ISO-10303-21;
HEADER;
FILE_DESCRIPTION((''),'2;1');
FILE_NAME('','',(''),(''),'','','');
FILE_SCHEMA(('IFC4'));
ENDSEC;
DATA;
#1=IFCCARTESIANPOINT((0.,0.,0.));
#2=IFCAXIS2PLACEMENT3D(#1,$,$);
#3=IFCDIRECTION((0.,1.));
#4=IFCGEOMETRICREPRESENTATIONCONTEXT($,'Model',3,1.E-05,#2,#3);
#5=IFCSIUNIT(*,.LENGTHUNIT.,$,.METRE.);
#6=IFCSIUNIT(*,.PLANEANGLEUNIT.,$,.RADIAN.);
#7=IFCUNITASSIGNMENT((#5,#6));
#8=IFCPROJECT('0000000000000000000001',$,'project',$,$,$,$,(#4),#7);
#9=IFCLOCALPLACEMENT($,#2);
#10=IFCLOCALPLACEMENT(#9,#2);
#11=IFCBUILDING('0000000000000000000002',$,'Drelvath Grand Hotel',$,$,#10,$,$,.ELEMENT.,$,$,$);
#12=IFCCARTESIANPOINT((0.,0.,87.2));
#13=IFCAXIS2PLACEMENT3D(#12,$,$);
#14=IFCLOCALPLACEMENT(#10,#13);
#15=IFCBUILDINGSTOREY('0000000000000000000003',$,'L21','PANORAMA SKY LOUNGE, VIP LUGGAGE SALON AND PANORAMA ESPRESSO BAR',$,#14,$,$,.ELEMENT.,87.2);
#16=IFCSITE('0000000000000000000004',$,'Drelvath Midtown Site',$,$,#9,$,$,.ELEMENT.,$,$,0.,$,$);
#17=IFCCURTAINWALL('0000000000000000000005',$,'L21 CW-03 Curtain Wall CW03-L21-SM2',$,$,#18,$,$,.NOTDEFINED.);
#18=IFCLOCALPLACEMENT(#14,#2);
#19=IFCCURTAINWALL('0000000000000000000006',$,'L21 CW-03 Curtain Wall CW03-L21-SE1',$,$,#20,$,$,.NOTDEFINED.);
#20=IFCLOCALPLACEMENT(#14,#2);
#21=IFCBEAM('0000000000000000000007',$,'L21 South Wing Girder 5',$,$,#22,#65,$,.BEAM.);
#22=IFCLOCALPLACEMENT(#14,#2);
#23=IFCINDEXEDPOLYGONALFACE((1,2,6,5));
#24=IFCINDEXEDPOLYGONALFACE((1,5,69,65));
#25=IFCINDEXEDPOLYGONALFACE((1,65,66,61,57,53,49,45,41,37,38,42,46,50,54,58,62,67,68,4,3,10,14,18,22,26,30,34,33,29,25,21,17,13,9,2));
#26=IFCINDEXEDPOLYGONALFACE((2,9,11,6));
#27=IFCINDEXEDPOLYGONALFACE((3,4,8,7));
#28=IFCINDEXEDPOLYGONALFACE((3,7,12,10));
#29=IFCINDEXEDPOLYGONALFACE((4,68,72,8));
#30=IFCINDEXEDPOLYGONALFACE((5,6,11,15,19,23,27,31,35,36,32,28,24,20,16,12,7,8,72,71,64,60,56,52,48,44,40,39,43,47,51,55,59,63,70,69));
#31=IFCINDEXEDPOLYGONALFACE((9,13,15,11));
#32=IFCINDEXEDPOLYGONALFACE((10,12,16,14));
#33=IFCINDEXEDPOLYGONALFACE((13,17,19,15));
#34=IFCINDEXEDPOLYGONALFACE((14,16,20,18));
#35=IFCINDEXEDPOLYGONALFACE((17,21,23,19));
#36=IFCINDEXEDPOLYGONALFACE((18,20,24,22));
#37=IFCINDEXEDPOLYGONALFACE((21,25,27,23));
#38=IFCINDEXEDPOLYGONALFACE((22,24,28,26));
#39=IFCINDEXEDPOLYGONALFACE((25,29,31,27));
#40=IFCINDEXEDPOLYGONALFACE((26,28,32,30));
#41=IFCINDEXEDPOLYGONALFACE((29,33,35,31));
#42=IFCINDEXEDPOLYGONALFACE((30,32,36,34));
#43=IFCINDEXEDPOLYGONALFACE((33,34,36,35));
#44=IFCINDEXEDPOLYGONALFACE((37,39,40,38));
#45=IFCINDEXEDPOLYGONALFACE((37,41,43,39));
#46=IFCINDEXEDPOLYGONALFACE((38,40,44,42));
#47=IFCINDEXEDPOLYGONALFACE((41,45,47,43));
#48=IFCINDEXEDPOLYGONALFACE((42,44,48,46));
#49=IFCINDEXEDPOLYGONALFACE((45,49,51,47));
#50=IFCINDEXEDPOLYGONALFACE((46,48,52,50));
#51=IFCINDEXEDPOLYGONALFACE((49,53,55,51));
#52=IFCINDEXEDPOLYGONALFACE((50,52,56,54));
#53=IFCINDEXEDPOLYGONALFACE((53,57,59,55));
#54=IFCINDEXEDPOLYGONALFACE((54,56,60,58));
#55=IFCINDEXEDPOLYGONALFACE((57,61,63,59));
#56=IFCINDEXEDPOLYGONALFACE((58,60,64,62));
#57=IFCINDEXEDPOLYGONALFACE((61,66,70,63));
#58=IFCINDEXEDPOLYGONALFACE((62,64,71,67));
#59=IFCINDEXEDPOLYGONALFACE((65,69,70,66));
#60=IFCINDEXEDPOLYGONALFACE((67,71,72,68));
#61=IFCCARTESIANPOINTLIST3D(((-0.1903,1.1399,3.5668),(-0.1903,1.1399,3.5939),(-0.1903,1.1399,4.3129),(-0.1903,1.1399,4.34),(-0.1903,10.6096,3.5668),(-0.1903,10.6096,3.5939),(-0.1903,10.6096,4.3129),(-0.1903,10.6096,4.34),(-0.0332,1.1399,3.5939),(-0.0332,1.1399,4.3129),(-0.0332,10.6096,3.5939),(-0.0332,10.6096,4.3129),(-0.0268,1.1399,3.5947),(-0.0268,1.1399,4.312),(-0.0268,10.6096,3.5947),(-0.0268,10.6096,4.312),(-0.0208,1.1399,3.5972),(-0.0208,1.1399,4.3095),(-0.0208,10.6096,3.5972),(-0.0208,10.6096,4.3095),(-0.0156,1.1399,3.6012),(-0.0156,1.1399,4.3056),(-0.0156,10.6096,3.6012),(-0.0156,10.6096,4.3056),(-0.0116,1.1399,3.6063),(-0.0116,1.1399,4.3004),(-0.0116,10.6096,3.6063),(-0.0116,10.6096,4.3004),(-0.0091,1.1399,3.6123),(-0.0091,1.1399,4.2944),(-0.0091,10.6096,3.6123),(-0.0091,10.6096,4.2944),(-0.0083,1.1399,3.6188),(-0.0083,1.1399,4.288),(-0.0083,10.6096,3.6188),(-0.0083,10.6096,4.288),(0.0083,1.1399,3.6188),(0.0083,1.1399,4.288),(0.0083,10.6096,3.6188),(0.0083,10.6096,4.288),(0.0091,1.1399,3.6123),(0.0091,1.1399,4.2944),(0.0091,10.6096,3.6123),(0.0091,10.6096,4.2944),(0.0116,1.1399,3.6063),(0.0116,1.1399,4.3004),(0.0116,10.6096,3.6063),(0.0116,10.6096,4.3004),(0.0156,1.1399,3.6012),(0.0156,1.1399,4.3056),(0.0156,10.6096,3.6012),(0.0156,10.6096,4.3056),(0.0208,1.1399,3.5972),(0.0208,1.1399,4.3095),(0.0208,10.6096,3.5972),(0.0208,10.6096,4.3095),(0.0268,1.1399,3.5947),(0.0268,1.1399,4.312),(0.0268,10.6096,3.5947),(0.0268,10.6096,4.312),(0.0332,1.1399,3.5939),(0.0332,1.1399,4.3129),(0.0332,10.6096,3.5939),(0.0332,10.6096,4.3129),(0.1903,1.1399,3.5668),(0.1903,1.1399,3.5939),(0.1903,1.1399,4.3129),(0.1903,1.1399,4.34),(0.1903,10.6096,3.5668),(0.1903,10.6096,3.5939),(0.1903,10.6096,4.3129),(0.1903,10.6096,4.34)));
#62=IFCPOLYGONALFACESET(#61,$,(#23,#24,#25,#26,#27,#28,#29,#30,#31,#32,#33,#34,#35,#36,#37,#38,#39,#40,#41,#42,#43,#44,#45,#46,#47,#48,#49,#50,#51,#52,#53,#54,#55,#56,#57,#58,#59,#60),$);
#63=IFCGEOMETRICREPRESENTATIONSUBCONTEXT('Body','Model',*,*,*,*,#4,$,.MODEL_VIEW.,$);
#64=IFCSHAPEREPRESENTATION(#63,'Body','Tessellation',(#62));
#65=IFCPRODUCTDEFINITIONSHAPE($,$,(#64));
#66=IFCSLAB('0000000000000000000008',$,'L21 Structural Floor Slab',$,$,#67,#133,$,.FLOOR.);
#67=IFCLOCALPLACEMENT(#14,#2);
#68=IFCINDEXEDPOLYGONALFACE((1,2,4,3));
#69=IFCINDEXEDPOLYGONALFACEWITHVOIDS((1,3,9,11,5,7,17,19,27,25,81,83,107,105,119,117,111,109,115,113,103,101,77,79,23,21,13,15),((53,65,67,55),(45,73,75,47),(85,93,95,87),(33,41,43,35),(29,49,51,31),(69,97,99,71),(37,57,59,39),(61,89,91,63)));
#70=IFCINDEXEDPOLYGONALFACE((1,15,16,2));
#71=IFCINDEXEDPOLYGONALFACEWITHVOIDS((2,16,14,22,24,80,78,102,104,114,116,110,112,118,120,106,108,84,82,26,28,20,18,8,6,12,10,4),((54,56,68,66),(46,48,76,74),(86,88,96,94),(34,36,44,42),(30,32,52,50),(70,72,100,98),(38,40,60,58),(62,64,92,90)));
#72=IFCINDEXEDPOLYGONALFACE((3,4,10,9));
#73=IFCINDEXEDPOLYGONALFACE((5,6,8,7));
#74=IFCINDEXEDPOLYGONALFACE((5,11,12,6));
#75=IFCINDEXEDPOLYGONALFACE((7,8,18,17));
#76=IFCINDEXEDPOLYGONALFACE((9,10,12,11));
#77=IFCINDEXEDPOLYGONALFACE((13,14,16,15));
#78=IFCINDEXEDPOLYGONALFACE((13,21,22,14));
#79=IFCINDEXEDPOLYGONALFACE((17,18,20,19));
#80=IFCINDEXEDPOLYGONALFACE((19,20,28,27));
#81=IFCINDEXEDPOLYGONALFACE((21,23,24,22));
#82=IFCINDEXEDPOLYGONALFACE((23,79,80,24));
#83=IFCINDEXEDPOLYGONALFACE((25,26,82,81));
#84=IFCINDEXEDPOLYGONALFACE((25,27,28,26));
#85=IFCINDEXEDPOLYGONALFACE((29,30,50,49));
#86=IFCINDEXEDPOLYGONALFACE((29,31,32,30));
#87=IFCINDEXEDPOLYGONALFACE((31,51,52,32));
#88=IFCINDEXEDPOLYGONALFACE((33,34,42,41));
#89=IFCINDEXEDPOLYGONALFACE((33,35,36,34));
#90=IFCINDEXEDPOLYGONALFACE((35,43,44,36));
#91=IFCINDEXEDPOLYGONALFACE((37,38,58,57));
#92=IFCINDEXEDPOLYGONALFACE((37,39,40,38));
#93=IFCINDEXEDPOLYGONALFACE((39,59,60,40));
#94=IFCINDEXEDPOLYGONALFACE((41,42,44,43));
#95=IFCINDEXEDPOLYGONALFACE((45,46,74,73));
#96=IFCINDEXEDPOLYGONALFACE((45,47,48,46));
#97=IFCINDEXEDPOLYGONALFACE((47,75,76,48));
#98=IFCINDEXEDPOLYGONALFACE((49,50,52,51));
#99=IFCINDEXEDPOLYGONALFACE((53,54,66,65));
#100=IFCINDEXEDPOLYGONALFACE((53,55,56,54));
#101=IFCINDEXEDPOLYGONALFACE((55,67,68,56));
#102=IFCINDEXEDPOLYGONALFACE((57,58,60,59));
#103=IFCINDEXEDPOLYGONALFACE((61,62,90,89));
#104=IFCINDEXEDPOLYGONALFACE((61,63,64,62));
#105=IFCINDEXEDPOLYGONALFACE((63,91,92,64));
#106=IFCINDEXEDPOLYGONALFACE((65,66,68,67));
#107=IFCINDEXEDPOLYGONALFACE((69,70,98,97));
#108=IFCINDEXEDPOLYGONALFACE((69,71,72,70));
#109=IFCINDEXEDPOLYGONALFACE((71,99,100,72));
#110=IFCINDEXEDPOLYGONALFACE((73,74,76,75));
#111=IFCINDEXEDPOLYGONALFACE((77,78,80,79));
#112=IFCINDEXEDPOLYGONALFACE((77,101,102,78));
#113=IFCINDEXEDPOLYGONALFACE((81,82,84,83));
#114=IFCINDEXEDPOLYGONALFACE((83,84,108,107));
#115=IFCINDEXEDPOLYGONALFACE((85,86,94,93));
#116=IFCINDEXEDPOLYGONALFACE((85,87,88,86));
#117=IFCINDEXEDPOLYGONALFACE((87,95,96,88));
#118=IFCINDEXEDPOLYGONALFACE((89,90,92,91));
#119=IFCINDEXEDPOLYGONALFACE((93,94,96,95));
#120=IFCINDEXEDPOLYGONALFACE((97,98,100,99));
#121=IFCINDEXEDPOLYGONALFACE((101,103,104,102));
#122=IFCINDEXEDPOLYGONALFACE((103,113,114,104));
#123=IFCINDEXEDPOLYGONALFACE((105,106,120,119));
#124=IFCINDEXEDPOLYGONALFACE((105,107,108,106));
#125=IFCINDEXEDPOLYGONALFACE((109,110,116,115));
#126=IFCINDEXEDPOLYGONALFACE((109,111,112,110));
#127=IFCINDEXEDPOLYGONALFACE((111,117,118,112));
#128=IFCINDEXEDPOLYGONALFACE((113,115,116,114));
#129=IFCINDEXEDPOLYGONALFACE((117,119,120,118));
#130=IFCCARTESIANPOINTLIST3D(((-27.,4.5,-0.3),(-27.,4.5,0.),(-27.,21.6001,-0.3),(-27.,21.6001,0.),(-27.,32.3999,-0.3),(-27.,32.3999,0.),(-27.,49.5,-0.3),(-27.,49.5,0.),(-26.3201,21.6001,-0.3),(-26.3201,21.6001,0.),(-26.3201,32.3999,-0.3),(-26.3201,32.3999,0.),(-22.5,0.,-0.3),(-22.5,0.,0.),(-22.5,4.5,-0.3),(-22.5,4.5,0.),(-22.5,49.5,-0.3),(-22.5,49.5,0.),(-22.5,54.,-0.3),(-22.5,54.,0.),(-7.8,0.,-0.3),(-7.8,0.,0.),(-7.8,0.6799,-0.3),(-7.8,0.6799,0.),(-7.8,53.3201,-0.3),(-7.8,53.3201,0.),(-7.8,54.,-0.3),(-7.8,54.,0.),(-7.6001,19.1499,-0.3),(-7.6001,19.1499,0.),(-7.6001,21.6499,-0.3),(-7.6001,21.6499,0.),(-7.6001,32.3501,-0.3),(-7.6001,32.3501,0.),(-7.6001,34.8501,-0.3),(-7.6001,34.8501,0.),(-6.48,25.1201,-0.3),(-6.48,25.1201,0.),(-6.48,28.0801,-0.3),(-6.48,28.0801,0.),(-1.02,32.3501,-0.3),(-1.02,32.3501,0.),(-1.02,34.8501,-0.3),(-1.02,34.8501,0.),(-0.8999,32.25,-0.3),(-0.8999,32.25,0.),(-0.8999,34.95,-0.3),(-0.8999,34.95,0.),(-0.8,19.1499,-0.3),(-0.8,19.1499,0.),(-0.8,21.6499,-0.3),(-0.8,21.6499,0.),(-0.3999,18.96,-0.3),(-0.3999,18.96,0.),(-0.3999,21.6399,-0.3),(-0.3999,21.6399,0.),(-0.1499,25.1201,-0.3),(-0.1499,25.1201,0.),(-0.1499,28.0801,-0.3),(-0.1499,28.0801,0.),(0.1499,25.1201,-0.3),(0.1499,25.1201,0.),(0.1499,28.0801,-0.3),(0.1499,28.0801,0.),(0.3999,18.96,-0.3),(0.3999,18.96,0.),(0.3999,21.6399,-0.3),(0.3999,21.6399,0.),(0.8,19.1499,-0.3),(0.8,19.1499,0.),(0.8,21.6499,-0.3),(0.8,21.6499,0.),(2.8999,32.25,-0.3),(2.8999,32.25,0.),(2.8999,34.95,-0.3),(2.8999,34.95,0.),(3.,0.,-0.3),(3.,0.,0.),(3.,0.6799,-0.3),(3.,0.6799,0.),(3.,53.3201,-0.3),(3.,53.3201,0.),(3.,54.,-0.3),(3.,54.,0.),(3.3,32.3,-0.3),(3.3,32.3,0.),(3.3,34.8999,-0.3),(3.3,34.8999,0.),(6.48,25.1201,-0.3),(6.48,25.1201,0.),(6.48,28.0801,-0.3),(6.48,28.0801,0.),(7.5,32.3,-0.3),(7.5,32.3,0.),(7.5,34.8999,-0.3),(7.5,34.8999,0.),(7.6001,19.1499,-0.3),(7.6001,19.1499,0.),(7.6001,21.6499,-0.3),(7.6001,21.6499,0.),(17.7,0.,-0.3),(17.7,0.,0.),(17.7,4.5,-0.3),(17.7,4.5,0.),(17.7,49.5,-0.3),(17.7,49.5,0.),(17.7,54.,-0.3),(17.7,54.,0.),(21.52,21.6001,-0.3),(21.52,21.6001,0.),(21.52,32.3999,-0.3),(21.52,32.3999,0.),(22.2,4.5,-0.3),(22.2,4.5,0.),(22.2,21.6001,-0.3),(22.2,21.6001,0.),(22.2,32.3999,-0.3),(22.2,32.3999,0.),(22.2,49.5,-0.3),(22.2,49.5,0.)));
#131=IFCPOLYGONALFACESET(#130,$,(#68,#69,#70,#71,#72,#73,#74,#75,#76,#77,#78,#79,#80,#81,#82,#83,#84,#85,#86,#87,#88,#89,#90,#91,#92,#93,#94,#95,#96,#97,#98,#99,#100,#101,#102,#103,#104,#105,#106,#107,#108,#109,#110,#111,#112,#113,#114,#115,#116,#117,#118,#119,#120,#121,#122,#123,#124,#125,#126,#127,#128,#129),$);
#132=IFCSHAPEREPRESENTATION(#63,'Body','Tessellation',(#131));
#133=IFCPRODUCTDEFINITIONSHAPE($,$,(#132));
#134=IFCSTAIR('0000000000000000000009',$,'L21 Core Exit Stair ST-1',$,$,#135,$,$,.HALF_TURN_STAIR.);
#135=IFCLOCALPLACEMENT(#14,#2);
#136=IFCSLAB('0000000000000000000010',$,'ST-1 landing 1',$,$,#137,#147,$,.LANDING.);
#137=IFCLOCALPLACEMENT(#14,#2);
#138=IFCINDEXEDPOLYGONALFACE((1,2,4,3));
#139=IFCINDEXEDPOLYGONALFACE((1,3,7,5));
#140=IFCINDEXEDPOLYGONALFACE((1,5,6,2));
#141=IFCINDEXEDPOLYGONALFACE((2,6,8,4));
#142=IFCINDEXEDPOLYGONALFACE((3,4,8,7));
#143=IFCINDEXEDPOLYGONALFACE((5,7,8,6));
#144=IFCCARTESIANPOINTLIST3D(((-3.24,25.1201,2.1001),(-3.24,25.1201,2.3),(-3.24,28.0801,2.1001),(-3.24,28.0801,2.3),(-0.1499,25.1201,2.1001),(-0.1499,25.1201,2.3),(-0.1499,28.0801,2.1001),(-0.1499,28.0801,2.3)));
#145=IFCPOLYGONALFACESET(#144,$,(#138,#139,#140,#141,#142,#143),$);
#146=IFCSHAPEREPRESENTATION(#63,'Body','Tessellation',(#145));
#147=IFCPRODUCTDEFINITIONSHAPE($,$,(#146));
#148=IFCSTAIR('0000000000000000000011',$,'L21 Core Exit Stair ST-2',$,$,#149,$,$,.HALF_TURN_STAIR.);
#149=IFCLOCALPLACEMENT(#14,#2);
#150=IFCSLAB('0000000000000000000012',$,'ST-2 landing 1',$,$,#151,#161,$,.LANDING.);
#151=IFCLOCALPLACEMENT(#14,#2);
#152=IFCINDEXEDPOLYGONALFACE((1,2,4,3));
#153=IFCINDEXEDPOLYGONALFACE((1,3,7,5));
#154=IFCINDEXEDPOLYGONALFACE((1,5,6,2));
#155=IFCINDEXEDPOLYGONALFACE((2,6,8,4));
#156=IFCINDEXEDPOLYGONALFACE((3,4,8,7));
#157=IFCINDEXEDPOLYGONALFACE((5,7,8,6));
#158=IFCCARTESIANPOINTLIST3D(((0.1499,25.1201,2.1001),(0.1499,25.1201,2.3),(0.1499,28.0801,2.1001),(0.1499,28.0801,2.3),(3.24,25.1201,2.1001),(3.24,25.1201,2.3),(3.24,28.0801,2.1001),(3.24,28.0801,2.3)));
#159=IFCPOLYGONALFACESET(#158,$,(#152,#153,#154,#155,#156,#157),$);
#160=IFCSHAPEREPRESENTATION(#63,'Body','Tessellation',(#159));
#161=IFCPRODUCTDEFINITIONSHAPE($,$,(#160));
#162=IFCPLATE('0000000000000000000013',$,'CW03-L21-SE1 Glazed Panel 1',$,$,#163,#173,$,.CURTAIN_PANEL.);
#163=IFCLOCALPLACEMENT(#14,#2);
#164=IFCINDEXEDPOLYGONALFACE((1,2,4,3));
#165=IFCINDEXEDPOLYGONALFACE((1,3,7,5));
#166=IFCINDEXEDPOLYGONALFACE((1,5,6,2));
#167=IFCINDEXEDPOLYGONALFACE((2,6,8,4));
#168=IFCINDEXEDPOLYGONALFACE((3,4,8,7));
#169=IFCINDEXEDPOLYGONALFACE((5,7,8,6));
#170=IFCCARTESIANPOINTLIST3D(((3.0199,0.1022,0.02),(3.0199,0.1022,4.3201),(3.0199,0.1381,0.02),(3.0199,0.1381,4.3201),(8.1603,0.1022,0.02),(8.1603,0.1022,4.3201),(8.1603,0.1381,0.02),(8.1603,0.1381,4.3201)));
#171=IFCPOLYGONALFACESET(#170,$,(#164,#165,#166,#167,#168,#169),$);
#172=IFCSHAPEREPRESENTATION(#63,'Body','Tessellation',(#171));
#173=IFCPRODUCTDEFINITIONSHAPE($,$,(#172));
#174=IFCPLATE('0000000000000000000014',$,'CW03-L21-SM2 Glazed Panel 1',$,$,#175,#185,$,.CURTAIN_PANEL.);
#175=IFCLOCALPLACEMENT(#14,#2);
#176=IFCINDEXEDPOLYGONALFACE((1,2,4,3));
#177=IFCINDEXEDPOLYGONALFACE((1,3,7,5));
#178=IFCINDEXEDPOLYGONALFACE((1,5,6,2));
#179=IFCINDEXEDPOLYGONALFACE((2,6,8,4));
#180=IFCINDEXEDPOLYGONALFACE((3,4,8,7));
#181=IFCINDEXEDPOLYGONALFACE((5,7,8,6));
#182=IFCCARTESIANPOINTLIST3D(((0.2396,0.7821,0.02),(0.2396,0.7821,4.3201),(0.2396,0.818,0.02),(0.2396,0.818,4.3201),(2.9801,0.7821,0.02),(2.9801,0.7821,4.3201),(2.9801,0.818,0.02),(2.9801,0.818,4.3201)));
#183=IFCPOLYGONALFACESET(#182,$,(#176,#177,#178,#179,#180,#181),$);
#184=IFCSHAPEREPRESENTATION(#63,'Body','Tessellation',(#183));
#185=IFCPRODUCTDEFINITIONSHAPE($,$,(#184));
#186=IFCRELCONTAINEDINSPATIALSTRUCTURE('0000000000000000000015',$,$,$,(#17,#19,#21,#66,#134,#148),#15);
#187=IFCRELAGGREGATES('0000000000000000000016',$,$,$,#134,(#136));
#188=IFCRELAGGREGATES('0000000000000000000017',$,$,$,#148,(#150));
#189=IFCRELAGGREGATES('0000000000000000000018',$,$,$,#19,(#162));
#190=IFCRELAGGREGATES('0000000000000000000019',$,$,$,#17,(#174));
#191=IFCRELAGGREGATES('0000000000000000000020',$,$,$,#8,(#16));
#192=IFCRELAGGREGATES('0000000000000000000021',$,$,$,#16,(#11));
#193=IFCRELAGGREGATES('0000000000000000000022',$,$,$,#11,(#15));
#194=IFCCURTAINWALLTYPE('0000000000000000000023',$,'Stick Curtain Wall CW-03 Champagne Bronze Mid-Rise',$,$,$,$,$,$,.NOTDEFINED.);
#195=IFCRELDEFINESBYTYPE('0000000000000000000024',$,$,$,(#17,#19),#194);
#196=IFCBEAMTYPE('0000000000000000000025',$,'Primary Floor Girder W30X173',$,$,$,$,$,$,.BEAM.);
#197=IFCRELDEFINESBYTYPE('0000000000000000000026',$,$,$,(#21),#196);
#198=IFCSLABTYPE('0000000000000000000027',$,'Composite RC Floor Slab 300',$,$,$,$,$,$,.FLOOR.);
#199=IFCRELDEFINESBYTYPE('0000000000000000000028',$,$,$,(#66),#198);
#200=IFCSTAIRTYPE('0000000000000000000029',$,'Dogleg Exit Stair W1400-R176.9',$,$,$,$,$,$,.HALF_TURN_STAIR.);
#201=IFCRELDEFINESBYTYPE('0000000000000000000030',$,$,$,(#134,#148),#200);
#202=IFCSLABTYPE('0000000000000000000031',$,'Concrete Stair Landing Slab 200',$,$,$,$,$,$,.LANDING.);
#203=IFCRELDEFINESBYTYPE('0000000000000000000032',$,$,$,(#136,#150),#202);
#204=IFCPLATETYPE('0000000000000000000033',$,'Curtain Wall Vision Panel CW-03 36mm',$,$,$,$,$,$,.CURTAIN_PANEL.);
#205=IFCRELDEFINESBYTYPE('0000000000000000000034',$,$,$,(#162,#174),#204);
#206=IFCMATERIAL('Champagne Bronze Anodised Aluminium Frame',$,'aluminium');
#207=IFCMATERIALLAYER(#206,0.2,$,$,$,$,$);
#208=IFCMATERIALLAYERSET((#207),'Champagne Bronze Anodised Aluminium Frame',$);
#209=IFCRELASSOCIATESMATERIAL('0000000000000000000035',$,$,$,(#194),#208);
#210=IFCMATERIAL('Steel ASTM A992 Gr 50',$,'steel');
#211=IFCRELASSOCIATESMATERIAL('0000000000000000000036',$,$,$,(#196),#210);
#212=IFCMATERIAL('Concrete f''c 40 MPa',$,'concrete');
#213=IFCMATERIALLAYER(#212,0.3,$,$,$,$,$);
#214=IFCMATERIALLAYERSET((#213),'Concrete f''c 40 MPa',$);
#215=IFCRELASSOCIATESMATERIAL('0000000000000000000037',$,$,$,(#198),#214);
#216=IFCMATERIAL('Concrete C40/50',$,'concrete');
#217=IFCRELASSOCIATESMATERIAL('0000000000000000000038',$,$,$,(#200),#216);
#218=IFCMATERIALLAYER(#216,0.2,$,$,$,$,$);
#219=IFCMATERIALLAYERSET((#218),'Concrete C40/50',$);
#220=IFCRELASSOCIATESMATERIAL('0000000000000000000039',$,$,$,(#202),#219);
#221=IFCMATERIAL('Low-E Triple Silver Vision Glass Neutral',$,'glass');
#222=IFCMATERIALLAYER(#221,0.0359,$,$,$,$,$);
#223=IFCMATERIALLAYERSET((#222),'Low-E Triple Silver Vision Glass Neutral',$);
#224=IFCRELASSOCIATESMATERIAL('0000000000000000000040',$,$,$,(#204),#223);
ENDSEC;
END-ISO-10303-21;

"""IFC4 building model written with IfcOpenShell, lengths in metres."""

from ifc_helpers import new_model, si_unit, direction, frame, origin, origin_2d, place, context, subcontext, project, spatial, polyline, rectangle, i_section, outline, extrude, material, layer, layer_set, material_profile, profile_set, type_object, element, aggregate, save


model = new_model("IFC4")

# Units and contexts
model_context = context("Model", 3, precision=1e-05, world=origin(), true_north=direction((0.0, 1.0)))
body_context = subcontext(model_context, "Body", "Model", "MODEL_VIEW")
ifc_project = project(units=[si_unit("LENGTHUNIT", "METRE"), si_unit("PLANEANGLEUNIT", "RADIAN")], contexts=[model_context])

# Site, building, storey
site_placement = place(None, origin())
site = spatial("IfcSite", under=ifc_project, at=site_placement, Name="Drelvath Midtown Site", CompositionType="ELEMENT", RefElevation=0.0)
building_placement = place(site_placement, origin())
building = spatial("IfcBuilding", under=site, at=building_placement, Name="Drelvath Grand Hotel", CompositionType="ELEMENT")
storey_placement = place(building_placement, frame((0.0, 0.0, 87.2)))
storey = spatial("IfcBuildingStorey", under=building, at=storey_placement, Name="L21", Description="PANORAMA SKY LOUNGE, VIP LUGGAGE SALON AND PANORAMA ESPRESSO BAR", CompositionType="ELEMENT", Elevation=87.2)

# Curtain walls
ifc_material_1 = material(Name="Champagne Bronze Anodised Aluminium Frame", Category="aluminium")
ifc_layer_1 = layer(ifc_material_1, 0.2)
ifc_layer_set_1 = layer_set([ifc_layer_1], Name="Champagne Bronze Anodised Aluminium Frame")
curtain_wall_type = type_object("IfcCurtainWallType", Name="Stick Curtain Wall CW-03 Champagne Bronze Mid-Rise", PredefinedType="NOTDEFINED", material=ifc_layer_set_1)
curtain_wall_1_placement = place(storey_placement, origin())
curtain_wall_1 = element("IfcCurtainWall", 1, at=curtain_wall_1_placement, inside=storey, type_object=curtain_wall_type, Name="L21 CW-03 Curtain Wall CW03-L21-SM2", PredefinedType="NOTDEFINED")
curtain_wall_2_placement = place(storey_placement, origin())
curtain_wall_2 = element("IfcCurtainWall", 2, at=curtain_wall_2_placement, inside=storey, type_object=curtain_wall_type, Name="L21 CW-03 Curtain Wall CW03-L21-SE1", PredefinedType="NOTDEFINED")

# Beam
ifc_material_2 = material(Name="Steel ASTM A992 Gr 50", Category="steel")
ifc_material_profile_1 = material_profile(ifc_material_2, i_section(OverallWidth=0.3806, OverallDepth=0.7732, WebThickness=0.0166, FlangeThickness=0.0271, FilletRadius=0.0249, at=origin_2d()), Name="W30X173")
ifc_profile_set_1 = profile_set([ifc_material_profile_1], Name="Steel ASTM A992 Gr 50")
beam_type_1 = type_object("IfcBeamType", Name="Primary Floor Girder W30X173", PredefinedType="BEAM", material=ifc_profile_set_1)
beam_1_placement = place(storey_placement, frame((0.0, 1.1399, 3.9534), z_axis=(0.0, 1.0, 0.0), x_axis=(-1.0, 0.0, 0.0)))
element("IfcBeam", 3, at=beam_1_placement, inside=storey, type_object=beam_type_1, Name="L21 South Wing Girder 5", PredefinedType="BEAM", context=body_context, shape_type="SweptSolid", body=[
    extrude(i_section(OverallWidth=0.3806, OverallDepth=0.7732, WebThickness=0.0166, FlangeThickness=0.0271, FilletRadius=0.0249, at=origin_2d()), origin(), (0.0, 0.0, 1.0), 9.4697),
])

# Slab
ifc_material_3 = material(Name="Concrete f'c 40 MPa", Category="concrete")
ifc_layer_2 = layer(ifc_material_3, 0.3)
ifc_layer_set_2 = layer_set([ifc_layer_2], Name="Concrete f'c 40 MPa")
slab_type_1 = type_object("IfcSlabType", Name="Composite RC Floor Slab 300", PredefinedType="FLOOR", material=ifc_layer_set_2)
slab_1_placement = place(storey_placement, frame((0.0, 0.0, -0.3)))
element("IfcSlab", 4, at=slab_1_placement, inside=storey, type_object=slab_type_1, Name="L21 Structural Floor Slab", PredefinedType="FLOOR", context=body_context, shape_type="SweptSolid", body=[
    extrude(outline(polyline([(-22.5, 0.0), (-7.8, 0.0), (-7.8, 0.6799), (3.0, 0.6799), (3.0, 0.0), (17.7, 0.0), (17.7, 4.5), (22.2, 4.5), (22.2, 21.6001), (21.52, 21.6001), (21.52, 32.3999), (22.2, 32.3999), (22.2, 49.5), (17.7, 49.5), (17.7, 54.0), (3.0, 54.0), (3.0, 53.3201), (-7.8, 53.3201), (-7.8, 54.0), (-22.5, 54.0), (-22.5, 49.5), (-27.0, 49.5), (-27.0, 32.3999), (-26.3201, 32.3999), (-26.3201, 21.6001), (-27.0, 21.6001), (-27.0, 4.5), (-22.5, 4.5), (-22.5, 0.0)]), holes=[polyline([(-6.48, 25.1201), (-6.48, 28.0801), (-0.1499, 28.0801), (-0.1499, 25.1201), (-6.48, 25.1201)]), polyline([(0.1499, 25.1201), (0.1499, 28.0801), (6.48, 28.0801), (6.48, 25.1201), (0.1499, 25.1201)]), polyline([(-7.6001, 19.1499), (-7.6001, 21.6499), (-0.8, 21.6499), (-0.8, 19.1499), (-7.6001, 19.1499)]), polyline([(-0.3999, 18.96), (-0.3999, 21.6399), (0.3999, 21.6399), (0.3999, 18.96), (-0.3999, 18.96)]), polyline([(0.8, 19.1499), (0.8, 21.6499), (7.6001, 21.6499), (7.6001, 19.1499), (0.8, 19.1499)]), polyline([(-7.6001, 32.3501), (-7.6001, 34.8501), (-1.02, 34.8501), (-1.02, 32.3501), (-7.6001, 32.3501)]), polyline([(-0.8999, 32.25), (-0.8999, 34.95), (2.8999, 34.95), (2.8999, 32.25), (-0.8999, 32.25)]), polyline([(3.3, 32.3), (3.3, 34.8999), (7.5, 34.8999), (7.5, 32.3), (3.3, 32.3)])]), origin(), (0.0, 0.0, 1.0), 0.3),
])

# Stairs, slabs
ifc_material_4 = material(Name="Concrete C40/50", Category="concrete")
stair_type = type_object("IfcStairType", Name="Dogleg Exit Stair W1400-R176.9", PredefinedType="HALF_TURN_STAIR", material=ifc_material_4)
stair_1_placement = place(storey_placement, origin())
stair_1 = element("IfcStair", 5, at=stair_1_placement, inside=storey, type_object=stair_type, Name="L21 Core Exit Stair ST-1", PredefinedType="HALF_TURN_STAIR")
ifc_layer_3 = layer(ifc_material_4, 0.2)
ifc_layer_set_3 = layer_set([ifc_layer_3], Name="Concrete C40/50")
slab_type_2 = type_object("IfcSlabType", Name="Concrete Stair Landing Slab 200", PredefinedType="LANDING", material=ifc_layer_set_3)
slab_2_placement = place(storey_placement, frame((0.0, 0.0, 2.1001)))
slab_2 = element("IfcSlab", 6, at=slab_2_placement, type_object=slab_type_2, Name="ST-1 landing 1", PredefinedType="LANDING", context=body_context, shape_type="SweptSolid", body=[
    extrude(outline(polyline([(-3.24, 25.1201), (-0.1499, 25.1201), (-0.1499, 28.0801), (-3.24, 28.0801), (-3.24, 25.1201)])), origin(), (0.0, 0.0, 1.0), 0.2),
])
aggregate(stair_1, [slab_2])
stair_2_placement = place(storey_placement, origin())
stair_2 = element("IfcStair", 7, at=stair_2_placement, inside=storey, type_object=stair_type, Name="L21 Core Exit Stair ST-2", PredefinedType="HALF_TURN_STAIR")
slab_3_placement = place(storey_placement, frame((0.0, 0.0, 2.1001)))
slab_3 = element("IfcSlab", 8, at=slab_3_placement, type_object=slab_type_2, Name="ST-2 landing 1", PredefinedType="LANDING", context=body_context, shape_type="SweptSolid", body=[
    extrude(outline(polyline([(3.24, 28.0801), (0.1499, 28.0801), (0.1499, 25.1201), (3.24, 25.1201), (3.24, 28.0801)])), origin(), (0.0, 0.0, 1.0), 0.2),
])
aggregate(stair_2, [slab_3])

# Plates
ifc_material_5 = material(Name="Low-E Triple Silver Vision Glass Neutral", Category="glass")
ifc_layer_4 = layer(ifc_material_5, 0.0359)
ifc_layer_set_4 = layer_set([ifc_layer_4], Name="Low-E Triple Silver Vision Glass Neutral")
plate_type = type_object("IfcPlateType", Name="Curtain Wall Vision Panel CW-03 36mm", PredefinedType="CURTAIN_PANEL", material=ifc_layer_set_4)
plate_1_placement = place(storey_placement, frame((5.5901, 0.1201, 0.02), z_axis=(0.0, 0.0, 1.0), x_axis=(-1.0, 0.0, 0.0)))
plate_1 = element("IfcPlate", 9, at=plate_1_placement, type_object=plate_type, Name="CW03-L21-SE1 Glazed Panel 1", PredefinedType="CURTAIN_PANEL", context=body_context, shape_type="SweptSolid", body=[
    extrude(rectangle(XDim=5.1404, YDim=0.0359, at=origin_2d()), origin(), (0.0, 0.0, 1.0), 4.3),
])
aggregate(curtain_wall_2, [plate_1])
plate_2_placement = place(storey_placement, frame((1.6099, 0.8, 0.02), z_axis=(0.0, 0.0, 1.0), x_axis=(-1.0, 0.0, 0.0)))
plate_2 = element("IfcPlate", 10, at=plate_2_placement, type_object=plate_type, Name="CW03-L21-SM2 Glazed Panel 1", PredefinedType="CURTAIN_PANEL", context=body_context, shape_type="SweptSolid", body=[
    extrude(rectangle(XDim=2.7405, YDim=0.0359, at=origin_2d()), origin(), (0.0, 0.0, 1.0), 4.3),
])
aggregate(curtain_wall_1, [plate_2])

save(model, "model.ifc")
